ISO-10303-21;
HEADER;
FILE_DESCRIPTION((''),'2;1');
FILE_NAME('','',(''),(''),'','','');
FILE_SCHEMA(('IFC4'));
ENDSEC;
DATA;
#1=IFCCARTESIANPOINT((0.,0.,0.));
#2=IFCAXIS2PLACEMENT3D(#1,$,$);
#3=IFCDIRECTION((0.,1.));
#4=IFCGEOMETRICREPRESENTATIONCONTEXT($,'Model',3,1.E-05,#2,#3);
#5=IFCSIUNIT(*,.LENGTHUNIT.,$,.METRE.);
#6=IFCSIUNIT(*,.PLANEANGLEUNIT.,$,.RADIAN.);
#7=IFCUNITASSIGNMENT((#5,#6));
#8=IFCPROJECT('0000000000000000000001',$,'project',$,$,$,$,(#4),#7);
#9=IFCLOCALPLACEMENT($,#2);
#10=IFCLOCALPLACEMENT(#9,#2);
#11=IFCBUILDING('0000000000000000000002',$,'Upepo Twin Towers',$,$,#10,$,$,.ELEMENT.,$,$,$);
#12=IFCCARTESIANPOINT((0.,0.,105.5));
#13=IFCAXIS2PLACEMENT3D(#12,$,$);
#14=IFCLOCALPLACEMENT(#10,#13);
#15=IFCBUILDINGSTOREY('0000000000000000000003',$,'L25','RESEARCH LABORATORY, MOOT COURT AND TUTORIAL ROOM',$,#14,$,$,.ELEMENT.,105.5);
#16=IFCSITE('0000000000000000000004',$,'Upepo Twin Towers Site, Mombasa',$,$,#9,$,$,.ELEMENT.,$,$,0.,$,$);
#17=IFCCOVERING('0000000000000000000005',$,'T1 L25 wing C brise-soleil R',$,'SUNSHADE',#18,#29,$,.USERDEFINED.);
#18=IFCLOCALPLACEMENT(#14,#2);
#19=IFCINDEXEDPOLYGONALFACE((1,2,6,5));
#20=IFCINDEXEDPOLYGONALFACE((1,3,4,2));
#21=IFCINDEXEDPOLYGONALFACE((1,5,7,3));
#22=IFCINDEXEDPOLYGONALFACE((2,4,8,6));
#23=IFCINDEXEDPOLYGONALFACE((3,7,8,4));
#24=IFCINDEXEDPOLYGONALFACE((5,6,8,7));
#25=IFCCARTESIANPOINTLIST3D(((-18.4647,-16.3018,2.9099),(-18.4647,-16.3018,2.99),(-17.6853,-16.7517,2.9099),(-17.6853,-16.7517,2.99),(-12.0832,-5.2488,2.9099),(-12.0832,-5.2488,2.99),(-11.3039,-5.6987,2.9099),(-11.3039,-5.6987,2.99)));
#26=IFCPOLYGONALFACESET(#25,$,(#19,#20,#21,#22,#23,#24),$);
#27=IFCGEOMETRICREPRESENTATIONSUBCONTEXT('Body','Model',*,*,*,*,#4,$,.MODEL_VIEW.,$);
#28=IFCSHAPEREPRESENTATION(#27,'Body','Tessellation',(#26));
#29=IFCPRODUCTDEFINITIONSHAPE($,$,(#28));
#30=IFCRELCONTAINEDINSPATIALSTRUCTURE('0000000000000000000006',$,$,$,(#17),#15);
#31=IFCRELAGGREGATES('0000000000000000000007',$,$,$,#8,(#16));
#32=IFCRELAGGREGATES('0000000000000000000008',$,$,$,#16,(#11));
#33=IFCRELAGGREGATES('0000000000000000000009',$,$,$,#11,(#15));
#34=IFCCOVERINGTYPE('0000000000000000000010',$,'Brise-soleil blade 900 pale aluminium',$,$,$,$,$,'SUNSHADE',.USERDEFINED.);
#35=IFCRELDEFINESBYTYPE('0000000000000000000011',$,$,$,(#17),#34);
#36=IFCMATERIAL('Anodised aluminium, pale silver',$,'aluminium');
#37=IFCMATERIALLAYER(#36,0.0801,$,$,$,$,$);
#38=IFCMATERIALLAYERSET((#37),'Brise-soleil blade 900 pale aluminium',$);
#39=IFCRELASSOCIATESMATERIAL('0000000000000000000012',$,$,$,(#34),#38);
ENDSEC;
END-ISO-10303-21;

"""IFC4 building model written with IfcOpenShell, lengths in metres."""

from ifc_helpers import new_model, si_unit, direction, frame, origin, origin_2d, place, context, subcontext, project, spatial, rectangle, extrude, material, layer, layer_set, type_object, element, save


model = new_model("IFC4")

# Units and contexts
model_context = context("Model", 3, precision=1e-05, world=origin(), true_north=direction((0.0, 1.0)))
body_context = subcontext(model_context, "Body", "Model", "MODEL_VIEW")
ifc_project = project(units=[si_unit("LENGTHUNIT", "METRE"), si_unit("PLANEANGLEUNIT", "RADIAN")], contexts=[model_context])

# Site, building, storey
site_placement = place(None, origin())
site = spatial("IfcSite", under=ifc_project, at=site_placement, Name="Upepo Twin Towers Site, Mombasa", CompositionType="ELEMENT", RefElevation=0.0)
building_placement = place(site_placement, origin())
building = spatial("IfcBuilding", under=site, at=building_placement, Name="Upepo Twin Towers", CompositionType="ELEMENT")
storey_placement = place(building_placement, frame((0.0, 0.0, 105.5)))
storey = spatial("IfcBuildingStorey", under=building, at=storey_placement, Name="L25", Description="RESEARCH LABORATORY, MOOT COURT AND TUTORIAL ROOM", CompositionType="ELEMENT", Elevation=105.5)

# Covering
ifc_material_1 = material(Name="Anodised aluminium, pale silver", Category="aluminium")
ifc_layer_1 = layer(ifc_material_1, 0.0801)
ifc_layer_set_1 = layer_set([ifc_layer_1], Name="Brise-soleil blade 900 pale aluminium")
covering_type = type_object("IfcCoveringType", Name="Brise-soleil blade 900 pale aluminium", ElementType="SUNSHADE", PredefinedType="USERDEFINED", material=ifc_layer_set_1)
covering_placement = place(storey_placement, frame((-14.8843, -11.0002, 2.9099), z_axis=(0.0, 0.0, 1.0), x_axis=(-0.5, -0.866025, 0.0)))
element("IfcCovering", 1, at=covering_placement, inside=storey, type_object=covering_type, Name="T1 L25 wing C brise-soleil R", ObjectType="SUNSHADE", PredefinedType="USERDEFINED", context=body_context, shape_type="SweptSolid", body=[
    extrude(rectangle(XDim=12.7629, YDim=0.8999, at=origin_2d()), origin(), (0.0, 0.0, 1.0), 0.0801),
])

save(model, "model.ifc")
